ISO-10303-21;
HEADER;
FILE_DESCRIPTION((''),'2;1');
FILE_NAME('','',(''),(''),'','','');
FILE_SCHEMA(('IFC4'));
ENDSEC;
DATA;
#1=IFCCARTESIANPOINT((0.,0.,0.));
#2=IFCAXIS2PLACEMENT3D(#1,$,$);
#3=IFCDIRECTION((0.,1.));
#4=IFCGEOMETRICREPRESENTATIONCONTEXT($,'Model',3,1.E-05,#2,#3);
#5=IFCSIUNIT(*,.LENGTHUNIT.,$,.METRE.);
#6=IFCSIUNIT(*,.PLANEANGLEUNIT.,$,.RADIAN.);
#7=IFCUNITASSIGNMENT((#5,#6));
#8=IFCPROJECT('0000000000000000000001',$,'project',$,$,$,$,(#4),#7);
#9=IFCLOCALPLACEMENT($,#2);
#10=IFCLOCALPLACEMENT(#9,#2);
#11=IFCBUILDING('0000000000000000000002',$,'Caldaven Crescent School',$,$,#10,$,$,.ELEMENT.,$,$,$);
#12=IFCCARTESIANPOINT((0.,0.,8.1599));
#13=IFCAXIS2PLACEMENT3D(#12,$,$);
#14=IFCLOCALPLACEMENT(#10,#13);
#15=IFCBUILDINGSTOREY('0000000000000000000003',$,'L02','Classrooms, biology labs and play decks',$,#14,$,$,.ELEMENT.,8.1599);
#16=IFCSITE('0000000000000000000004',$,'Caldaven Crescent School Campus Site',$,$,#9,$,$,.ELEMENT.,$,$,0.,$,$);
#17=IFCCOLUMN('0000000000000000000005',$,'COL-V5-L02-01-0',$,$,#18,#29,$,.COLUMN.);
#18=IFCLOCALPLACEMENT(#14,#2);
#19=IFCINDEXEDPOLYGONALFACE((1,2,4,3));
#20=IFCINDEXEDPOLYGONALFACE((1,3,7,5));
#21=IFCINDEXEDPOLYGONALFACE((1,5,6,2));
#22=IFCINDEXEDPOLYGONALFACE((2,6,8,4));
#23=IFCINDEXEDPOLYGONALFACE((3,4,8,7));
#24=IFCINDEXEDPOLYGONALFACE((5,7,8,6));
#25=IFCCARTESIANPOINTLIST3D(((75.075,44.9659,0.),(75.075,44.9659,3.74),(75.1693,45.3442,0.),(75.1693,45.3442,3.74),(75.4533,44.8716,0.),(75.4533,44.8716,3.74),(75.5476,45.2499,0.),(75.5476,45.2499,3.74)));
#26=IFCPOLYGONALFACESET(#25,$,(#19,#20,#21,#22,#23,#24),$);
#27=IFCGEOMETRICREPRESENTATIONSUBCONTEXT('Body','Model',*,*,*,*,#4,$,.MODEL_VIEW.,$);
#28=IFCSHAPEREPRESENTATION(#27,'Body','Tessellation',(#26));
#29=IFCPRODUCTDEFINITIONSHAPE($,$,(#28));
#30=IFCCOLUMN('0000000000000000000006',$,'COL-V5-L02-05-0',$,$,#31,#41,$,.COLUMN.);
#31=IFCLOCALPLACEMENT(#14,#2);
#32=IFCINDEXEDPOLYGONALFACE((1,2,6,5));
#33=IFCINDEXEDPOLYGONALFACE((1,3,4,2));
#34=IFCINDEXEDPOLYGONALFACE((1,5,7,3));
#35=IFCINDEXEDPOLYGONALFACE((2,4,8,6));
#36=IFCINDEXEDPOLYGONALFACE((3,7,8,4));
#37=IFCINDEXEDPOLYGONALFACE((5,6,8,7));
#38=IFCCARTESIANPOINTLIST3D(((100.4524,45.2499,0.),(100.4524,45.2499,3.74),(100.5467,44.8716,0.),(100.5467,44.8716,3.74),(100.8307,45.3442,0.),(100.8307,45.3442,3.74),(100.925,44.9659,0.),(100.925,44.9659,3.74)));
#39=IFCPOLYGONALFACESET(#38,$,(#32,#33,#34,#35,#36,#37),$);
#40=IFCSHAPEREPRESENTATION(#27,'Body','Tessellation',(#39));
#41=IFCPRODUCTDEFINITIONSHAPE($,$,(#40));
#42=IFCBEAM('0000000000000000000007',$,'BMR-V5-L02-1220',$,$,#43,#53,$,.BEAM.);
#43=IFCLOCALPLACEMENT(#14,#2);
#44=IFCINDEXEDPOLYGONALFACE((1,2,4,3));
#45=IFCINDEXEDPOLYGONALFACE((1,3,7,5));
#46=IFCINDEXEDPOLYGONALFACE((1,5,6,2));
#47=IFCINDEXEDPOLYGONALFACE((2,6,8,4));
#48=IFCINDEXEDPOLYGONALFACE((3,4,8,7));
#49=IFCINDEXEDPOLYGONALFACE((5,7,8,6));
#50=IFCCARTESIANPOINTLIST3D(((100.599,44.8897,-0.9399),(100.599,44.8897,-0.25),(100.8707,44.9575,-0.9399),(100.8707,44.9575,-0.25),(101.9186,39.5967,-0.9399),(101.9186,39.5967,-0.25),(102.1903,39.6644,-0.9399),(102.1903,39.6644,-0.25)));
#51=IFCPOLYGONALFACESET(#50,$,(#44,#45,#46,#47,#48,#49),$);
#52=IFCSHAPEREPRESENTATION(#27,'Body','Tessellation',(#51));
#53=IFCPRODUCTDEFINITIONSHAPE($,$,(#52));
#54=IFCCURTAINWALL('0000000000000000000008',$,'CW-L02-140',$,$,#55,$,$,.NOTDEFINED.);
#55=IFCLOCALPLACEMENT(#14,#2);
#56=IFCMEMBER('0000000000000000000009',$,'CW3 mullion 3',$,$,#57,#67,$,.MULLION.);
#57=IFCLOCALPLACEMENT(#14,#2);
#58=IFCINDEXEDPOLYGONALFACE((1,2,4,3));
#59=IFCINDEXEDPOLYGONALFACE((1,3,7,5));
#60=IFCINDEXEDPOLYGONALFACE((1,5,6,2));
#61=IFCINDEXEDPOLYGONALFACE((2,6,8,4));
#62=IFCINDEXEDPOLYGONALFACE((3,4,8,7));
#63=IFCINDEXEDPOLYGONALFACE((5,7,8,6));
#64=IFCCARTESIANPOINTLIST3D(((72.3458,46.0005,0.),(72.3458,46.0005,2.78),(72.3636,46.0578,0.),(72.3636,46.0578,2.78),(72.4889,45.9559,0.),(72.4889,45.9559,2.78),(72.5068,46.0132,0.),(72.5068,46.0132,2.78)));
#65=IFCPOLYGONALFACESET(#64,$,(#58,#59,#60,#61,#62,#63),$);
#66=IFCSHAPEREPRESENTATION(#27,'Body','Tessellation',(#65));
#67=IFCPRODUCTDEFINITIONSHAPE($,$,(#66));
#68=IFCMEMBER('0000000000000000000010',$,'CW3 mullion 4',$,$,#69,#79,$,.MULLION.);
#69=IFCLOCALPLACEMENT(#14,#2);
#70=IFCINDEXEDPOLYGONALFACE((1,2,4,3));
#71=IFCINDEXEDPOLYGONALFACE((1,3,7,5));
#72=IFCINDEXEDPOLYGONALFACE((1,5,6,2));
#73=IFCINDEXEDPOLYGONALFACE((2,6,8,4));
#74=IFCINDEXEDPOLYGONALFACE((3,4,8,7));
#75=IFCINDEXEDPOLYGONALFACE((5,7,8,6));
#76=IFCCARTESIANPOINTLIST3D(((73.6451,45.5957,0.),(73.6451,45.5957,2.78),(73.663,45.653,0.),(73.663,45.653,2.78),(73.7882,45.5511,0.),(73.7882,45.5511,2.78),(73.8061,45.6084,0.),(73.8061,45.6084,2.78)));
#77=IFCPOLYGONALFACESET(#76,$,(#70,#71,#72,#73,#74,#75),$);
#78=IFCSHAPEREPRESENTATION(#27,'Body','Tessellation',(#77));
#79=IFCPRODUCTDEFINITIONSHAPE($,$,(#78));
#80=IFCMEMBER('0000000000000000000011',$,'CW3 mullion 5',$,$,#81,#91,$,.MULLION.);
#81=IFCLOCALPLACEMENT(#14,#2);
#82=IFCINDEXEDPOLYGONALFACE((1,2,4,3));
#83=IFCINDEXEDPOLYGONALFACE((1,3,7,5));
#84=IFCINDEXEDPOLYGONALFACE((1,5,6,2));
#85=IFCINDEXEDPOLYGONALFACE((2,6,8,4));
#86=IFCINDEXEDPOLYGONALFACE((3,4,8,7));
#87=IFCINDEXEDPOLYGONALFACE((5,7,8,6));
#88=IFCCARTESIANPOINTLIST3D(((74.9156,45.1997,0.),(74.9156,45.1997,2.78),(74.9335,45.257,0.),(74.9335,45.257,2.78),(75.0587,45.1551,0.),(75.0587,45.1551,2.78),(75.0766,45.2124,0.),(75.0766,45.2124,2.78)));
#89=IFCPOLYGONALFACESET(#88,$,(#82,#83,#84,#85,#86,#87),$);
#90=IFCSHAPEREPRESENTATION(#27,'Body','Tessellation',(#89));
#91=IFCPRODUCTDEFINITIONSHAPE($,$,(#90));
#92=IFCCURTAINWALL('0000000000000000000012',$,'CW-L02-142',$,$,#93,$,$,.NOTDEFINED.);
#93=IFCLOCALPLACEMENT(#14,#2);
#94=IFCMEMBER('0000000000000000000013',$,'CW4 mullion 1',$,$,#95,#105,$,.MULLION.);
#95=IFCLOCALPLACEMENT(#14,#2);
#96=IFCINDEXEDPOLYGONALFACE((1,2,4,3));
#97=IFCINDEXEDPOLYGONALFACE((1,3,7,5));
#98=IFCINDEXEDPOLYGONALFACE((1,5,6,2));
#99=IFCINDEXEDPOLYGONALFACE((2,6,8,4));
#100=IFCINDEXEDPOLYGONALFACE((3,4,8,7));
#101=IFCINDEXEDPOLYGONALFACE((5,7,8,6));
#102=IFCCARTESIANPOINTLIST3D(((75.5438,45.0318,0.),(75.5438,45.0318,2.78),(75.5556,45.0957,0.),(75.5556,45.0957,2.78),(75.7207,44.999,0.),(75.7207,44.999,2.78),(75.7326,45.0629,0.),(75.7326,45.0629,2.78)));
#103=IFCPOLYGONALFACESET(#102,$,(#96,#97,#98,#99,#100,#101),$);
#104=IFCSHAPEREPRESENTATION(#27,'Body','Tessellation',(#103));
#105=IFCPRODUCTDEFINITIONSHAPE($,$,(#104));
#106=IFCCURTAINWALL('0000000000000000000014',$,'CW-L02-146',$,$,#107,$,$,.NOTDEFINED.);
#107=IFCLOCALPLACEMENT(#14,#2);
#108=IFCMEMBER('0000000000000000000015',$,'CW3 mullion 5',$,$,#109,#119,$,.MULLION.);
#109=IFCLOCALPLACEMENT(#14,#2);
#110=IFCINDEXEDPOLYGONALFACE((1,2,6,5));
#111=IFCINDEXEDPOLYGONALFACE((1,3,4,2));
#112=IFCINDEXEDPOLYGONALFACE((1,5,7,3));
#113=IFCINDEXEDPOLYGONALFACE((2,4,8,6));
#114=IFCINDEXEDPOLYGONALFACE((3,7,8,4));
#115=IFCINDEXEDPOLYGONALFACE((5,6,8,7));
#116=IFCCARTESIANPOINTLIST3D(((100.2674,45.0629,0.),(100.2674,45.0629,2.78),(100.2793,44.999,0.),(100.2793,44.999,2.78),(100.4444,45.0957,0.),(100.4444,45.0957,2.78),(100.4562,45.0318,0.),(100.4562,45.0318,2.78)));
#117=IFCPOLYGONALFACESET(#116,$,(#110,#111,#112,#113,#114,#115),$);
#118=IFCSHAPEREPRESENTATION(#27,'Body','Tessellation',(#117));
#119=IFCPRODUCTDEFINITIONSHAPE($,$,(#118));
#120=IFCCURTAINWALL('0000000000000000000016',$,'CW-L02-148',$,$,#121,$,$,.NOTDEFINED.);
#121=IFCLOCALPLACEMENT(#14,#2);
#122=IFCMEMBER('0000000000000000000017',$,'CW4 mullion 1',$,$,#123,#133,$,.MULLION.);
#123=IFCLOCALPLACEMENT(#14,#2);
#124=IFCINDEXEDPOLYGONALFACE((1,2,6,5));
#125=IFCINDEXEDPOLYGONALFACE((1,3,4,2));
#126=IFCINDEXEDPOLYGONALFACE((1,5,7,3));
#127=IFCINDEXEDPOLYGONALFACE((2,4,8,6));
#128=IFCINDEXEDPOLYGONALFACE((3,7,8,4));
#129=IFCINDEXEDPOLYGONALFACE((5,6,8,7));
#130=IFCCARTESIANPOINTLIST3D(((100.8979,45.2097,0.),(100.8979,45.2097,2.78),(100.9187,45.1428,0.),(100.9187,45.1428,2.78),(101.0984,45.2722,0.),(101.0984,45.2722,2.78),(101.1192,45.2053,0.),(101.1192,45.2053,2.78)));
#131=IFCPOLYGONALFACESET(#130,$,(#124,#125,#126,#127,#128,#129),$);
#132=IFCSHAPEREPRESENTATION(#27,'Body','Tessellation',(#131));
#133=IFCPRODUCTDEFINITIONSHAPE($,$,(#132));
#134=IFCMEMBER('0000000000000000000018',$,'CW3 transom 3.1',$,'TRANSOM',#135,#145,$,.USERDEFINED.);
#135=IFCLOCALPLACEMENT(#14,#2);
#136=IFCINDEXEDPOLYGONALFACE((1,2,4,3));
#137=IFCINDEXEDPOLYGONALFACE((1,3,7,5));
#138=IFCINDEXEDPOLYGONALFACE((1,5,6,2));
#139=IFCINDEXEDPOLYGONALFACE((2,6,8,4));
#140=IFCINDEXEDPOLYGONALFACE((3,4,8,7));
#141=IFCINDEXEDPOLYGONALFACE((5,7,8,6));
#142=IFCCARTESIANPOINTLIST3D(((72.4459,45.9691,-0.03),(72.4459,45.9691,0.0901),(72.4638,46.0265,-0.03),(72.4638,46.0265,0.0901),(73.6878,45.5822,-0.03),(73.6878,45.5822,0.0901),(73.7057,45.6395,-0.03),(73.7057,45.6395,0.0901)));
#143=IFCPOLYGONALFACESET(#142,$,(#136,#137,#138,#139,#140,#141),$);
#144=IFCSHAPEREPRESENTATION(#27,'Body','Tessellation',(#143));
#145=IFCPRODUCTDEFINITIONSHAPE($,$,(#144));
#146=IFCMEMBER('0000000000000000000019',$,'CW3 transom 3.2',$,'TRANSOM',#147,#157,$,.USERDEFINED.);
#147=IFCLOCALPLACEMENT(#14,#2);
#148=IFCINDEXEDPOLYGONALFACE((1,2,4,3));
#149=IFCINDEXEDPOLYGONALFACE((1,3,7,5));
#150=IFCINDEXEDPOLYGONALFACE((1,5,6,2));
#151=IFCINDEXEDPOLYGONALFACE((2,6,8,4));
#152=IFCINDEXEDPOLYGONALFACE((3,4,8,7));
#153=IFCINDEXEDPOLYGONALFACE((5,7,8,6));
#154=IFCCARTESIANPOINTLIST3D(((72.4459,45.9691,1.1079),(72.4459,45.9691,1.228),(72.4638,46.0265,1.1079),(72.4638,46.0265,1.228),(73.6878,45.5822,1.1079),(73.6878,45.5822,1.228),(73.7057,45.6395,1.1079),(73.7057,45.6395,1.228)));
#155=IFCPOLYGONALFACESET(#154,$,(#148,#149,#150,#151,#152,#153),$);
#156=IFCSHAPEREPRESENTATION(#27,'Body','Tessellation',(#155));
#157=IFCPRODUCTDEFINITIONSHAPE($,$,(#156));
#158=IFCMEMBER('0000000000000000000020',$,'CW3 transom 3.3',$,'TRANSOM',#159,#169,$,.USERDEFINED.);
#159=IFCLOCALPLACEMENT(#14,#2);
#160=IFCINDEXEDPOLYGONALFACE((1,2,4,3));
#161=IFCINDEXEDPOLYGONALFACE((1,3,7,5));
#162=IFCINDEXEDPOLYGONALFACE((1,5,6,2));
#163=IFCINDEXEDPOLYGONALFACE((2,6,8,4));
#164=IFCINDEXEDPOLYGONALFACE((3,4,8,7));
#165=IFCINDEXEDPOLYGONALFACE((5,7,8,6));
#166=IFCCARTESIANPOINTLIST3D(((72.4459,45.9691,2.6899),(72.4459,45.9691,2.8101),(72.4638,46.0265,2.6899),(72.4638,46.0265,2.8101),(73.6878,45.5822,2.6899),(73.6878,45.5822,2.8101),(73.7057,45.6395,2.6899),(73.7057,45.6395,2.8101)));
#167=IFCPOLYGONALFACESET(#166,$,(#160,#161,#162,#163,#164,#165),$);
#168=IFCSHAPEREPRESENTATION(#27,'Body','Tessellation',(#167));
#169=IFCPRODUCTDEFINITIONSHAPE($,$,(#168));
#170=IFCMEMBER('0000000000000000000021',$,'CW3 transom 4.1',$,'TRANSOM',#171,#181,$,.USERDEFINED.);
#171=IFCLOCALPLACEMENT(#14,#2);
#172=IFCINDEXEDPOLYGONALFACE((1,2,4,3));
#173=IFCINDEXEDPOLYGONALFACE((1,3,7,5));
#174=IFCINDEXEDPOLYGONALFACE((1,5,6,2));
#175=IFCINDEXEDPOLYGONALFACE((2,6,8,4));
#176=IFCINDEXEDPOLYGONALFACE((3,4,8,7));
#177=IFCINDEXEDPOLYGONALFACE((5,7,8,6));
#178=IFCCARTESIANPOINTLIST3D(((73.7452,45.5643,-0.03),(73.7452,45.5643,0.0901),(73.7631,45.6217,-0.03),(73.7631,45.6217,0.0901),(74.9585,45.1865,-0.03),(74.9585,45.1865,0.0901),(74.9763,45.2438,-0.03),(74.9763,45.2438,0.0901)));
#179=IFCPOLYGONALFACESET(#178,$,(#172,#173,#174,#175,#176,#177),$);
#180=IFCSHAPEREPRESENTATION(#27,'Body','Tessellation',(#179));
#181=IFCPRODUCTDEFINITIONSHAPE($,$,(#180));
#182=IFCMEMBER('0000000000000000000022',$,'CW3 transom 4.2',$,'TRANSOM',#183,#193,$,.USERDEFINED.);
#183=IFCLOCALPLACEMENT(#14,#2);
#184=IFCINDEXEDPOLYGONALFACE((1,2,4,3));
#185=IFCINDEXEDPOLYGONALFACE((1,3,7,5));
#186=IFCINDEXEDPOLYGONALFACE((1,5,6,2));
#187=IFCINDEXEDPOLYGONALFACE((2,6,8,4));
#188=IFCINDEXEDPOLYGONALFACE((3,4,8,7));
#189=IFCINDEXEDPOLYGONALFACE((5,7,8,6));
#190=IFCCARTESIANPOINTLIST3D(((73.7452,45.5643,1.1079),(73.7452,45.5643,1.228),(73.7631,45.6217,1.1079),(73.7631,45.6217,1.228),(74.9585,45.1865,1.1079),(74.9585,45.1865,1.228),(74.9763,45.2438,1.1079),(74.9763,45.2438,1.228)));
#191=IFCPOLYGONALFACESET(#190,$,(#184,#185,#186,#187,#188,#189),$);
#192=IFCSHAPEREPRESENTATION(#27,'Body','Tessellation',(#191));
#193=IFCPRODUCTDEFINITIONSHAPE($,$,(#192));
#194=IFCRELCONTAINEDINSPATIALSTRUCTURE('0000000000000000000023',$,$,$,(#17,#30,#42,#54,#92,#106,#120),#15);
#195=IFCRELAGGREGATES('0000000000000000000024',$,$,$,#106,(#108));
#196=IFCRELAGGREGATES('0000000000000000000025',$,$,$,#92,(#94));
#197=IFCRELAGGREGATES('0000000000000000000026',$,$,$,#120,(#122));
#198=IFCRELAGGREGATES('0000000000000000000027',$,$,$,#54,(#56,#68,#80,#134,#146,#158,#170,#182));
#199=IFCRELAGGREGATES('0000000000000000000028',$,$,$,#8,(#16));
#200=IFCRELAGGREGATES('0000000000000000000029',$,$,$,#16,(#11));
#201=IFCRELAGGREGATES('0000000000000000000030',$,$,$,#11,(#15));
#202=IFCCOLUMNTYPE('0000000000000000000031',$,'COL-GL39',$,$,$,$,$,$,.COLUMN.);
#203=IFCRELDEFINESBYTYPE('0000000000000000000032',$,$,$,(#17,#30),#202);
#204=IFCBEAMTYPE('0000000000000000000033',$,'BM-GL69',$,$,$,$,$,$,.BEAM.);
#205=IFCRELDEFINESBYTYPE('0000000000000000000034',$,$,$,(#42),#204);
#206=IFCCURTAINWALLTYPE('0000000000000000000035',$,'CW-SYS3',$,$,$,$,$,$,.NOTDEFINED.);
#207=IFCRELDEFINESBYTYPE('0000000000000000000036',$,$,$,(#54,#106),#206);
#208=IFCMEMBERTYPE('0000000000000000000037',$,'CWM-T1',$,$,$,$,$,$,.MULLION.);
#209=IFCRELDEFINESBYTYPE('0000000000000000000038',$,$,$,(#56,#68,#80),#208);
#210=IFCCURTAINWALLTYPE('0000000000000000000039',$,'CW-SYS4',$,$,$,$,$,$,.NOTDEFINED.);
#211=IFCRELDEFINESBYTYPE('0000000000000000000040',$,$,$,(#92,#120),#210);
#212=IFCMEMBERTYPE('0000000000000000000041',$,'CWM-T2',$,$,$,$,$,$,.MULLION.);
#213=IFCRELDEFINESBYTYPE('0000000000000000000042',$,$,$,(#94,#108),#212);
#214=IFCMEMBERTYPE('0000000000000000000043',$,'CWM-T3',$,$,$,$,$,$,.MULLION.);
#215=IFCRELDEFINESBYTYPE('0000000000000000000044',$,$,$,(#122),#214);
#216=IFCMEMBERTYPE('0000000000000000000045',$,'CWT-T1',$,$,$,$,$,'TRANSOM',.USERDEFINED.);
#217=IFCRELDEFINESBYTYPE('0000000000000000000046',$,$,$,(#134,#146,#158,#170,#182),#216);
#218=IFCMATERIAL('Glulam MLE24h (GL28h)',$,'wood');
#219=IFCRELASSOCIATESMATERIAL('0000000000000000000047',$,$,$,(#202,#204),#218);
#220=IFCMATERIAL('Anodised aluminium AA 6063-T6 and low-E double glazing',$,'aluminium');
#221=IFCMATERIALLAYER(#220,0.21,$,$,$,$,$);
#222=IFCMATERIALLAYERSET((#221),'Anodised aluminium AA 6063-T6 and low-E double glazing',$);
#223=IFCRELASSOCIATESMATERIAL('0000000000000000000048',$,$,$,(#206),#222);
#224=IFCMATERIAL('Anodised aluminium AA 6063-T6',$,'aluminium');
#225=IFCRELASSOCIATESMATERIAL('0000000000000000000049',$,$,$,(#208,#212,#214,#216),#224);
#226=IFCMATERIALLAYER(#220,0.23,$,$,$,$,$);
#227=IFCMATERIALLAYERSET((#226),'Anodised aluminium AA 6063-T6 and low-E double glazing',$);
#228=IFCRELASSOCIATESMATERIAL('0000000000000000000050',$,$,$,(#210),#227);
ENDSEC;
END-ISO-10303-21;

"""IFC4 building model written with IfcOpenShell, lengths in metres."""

from ifc_helpers import new_model, si_unit, direction, frame, origin, origin_2d, place, context, subcontext, project, spatial, rectangle, extrude, material, layer, layer_set, material_profile, profile_set, type_object, element, aggregate, save


model = new_model("IFC4")

# Units and contexts
model_context = context("Model", 3, precision=1e-05, world=origin(), true_north=direction((0.0, 1.0)))
body_context = subcontext(model_context, "Body", "Model", "MODEL_VIEW")
ifc_project = project(units=[si_unit("LENGTHUNIT", "METRE"), si_unit("PLANEANGLEUNIT", "RADIAN")], contexts=[model_context])

# Site, building, storey
site_placement = place(None, origin())
site = spatial("IfcSite", under=ifc_project, at=site_placement, Name="Caldaven Crescent School Campus Site", CompositionType="ELEMENT", RefElevation=0.0)
building_placement = place(site_placement, origin())
building = spatial("IfcBuilding", under=site, at=building_placement, Name="Caldaven Crescent School", CompositionType="ELEMENT")
storey_placement = place(building_placement, frame((0.0, 0.0, 8.1599)))
storey = spatial("IfcBuildingStorey", under=building, at=storey_placement, Name="L02", Description="Classrooms, biology labs and play decks", CompositionType="ELEMENT", Elevation=8.1599)

# Columns
ifc_material_1 = material(Name="Glulam MLE24h (GL28h)", Category="wood")
ifc_material_profile_1 = material_profile(ifc_material_1, rectangle(XDim=0.3899, YDim=0.3899, at=origin_2d()), Name="MLE 390x390")
ifc_profile_set_1 = profile_set([ifc_material_profile_1], Name="Glulam MLE24h (GL28h)")
column_type = type_object("IfcColumnType", Name="COL-GL39", PredefinedType="COLUMN", material=ifc_profile_set_1)
for number, where, z_axis, x_axis, name in (
    (1, (75.3113, 45.1079, 0.0), (0.0, 0.0, 1.0), (-0.241922, -0.970296, 0.0), "COL-V5-L02-01-0"),
    (2, (100.6887, 45.1079, 0.0), (0.0, 0.0, 1.0), (0.241922, -0.970296, 0.0), "COL-V5-L02-05-0"),
):
    element("IfcColumn", number, at=place(storey_placement, frame(where, z_axis=z_axis, x_axis=x_axis)), inside=storey, type_object=column_type, Name=name, PredefinedType="COLUMN", context=body_context, shape_type="SweptSolid", body=[
        extrude(rectangle(XDim=0.3899, YDim=0.3899, at=origin_2d()), origin(), (0.0, 0.0, 1.0), 3.74),
    ])

# Beam
ifc_material_profile_2 = material_profile(ifc_material_1, rectangle(XDim=0.28, YDim=0.6899, at=origin_2d()), Name="MLE 280x690")
ifc_profile_set_2 = profile_set([ifc_material_profile_2], Name="Glulam MLE24h (GL28h)")
beam_type_1 = type_object("IfcBeamType", Name="BM-GL69", PredefinedType="BEAM", material=ifc_profile_set_2)
beam_1_placement = place(storey_placement, frame((100.7349, 44.9236, -0.595), z_axis=(0.241904, -0.9703, 0.0), x_axis=(0.9703, 0.241904, 0.0)))
element("IfcBeam", 3, at=beam_1_placement, inside=storey, type_object=beam_type_1, Name="BMR-V5-L02-1220", PredefinedType="BEAM", context=body_context, shape_type="SweptSolid", body=[
    extrude(rectangle(XDim=0.28, YDim=0.6899, at=origin_2d()), origin(), (0.0, 0.0, 1.0), 5.4551),
])

# Curtain wall, members
ifc_material_2 = material(Name="Anodised aluminium AA 6063-T6 and low-E double glazing", Category="aluminium")
ifc_layer_1 = layer(ifc_material_2, 0.21)
ifc_layer_set_1 = layer_set([ifc_layer_1], Name="Anodised aluminium AA 6063-T6 and low-E double glazing")
curtain_wall_type_1 = type_object("IfcCurtainWallType", Name="CW-SYS3", PredefinedType="NOTDEFINED", material=ifc_layer_set_1)
curtain_wall_1_placement = place(storey_placement, origin())
curtain_wall_1 = element("IfcCurtainWall", 4, at=curtain_wall_1_placement, inside=storey, type_object=curtain_wall_type_1, Name="CW-L02-140", PredefinedType="NOTDEFINED")
ifc_material_3 = material(Name="Anodised aluminium AA 6063-T6", Category="aluminium")
ifc_material_profile_3 = material_profile(ifc_material_3, rectangle(XDim=0.0601, YDim=0.1499, at=origin_2d()), Name="CWM 60x150")
ifc_profile_set_3 = profile_set([ifc_material_profile_3], Name="Anodised aluminium AA 6063-T6")
member_type_1 = type_object("IfcMemberType", Name="CWM-T1", PredefinedType="MULLION", material=ifc_profile_set_3)
member_1_placement = place(storey_placement, frame((72.4263, 46.0068, 0.0), z_axis=(0.0, 0.0, 1.0), x_axis=(0.29742, 0.954747, 0.0)))
member_1 = element("IfcMember", 5, at=member_1_placement, type_object=member_type_1, Name="CW3 mullion 3", PredefinedType="MULLION", context=body_context, shape_type="SweptSolid", body=[
    extrude(rectangle(XDim=0.0601, YDim=0.1499, at=origin_2d()), origin(), (0.0, 0.0, 1.0), 2.78),
])
member_2_placement = place(storey_placement, frame((73.7256, 45.6021, 0.0), z_axis=(0.0, 0.0, 1.0), x_axis=(0.29742, 0.954747, 0.0)))
member_2 = element("IfcMember", 6, at=member_2_placement, type_object=member_type_1, Name="CW3 mullion 4", PredefinedType="MULLION", context=body_context, shape_type="SweptSolid", body=[
    extrude(rectangle(XDim=0.0601, YDim=0.1499, at=origin_2d()), origin(), (0.0, 0.0, 1.0), 2.78),
])
member_3_placement = place(storey_placement, frame((74.9961, 45.2061, 0.0), z_axis=(0.0, 0.0, 1.0), x_axis=(0.29742, 0.954747, 0.0)))
member_3 = element("IfcMember", 7, at=member_3_placement, type_object=member_type_1, Name="CW3 mullion 5", PredefinedType="MULLION", context=body_context, shape_type="SweptSolid", body=[
    extrude(rectangle(XDim=0.0601, YDim=0.1499, at=origin_2d()), origin(), (0.0, 0.0, 1.0), 2.78),
])

# Curtain walls, members
ifc_layer_2 = layer(ifc_material_2, 0.23)
ifc_layer_set_2 = layer_set([ifc_layer_2], Name="Anodised aluminium AA 6063-T6 and low-E double glazing")
curtain_wall_type_2 = type_object("IfcCurtainWallType", Name="CW-SYS4", PredefinedType="NOTDEFINED", material=ifc_layer_set_2)
curtain_wall_2_placement = place(storey_placement, origin())
curtain_wall_2 = element("IfcCurtainWall", 8, at=curtain_wall_2_placement, inside=storey, type_object=curtain_wall_type_2, Name="CW-L02-142", PredefinedType="NOTDEFINED")
ifc_material_profile_4 = material_profile(ifc_material_3, rectangle(XDim=0.0649, YDim=0.1799, at=origin_2d()), Name="CWM 65x180")
ifc_profile_set_4 = profile_set([ifc_material_profile_4], Name="Anodised aluminium AA 6063-T6")
member_type_2 = type_object("IfcMemberType", Name="CWM-T2", PredefinedType="MULLION", material=ifc_profile_set_4)
member_4_placement = place(storey_placement, frame((75.6382, 45.0474, 0.0), z_axis=(0.0, 0.0, 1.0), x_axis=(0.182236, 0.983255, 0.0)))
member_4 = element("IfcMember", 9, at=member_4_placement, type_object=member_type_2, Name="CW4 mullion 1", PredefinedType="MULLION", context=body_context, shape_type="SweptSolid", body=[
    extrude(rectangle(XDim=0.0649, YDim=0.1799, at=origin_2d()), origin(), (0.0, 0.0, 1.0), 2.78),
])
curtain_wall_3_placement = place(storey_placement, origin())
curtain_wall_3 = element("IfcCurtainWall", 10, at=curtain_wall_3_placement, inside=storey, type_object=curtain_wall_type_1, Name="CW-L02-146", PredefinedType="NOTDEFINED")
member_5_placement = place(storey_placement, frame((100.3618, 45.0474, 0.0), z_axis=(0.0, 0.0, 1.0), x_axis=(-0.182236, 0.983255, 0.0)))
member_5 = element("IfcMember", 11, at=member_5_placement, type_object=member_type_2, Name="CW3 mullion 5", PredefinedType="MULLION", context=body_context, shape_type="SweptSolid", body=[
    extrude(rectangle(XDim=0.0649, YDim=0.1799, at=origin_2d()), origin(), (0.0, 0.0, 1.0), 2.78),
])
aggregate(curtain_wall_3, [member_5])
curtain_wall_4_placement = place(storey_placement, origin())
curtain_wall_4 = element("IfcCurtainWall", 12, at=curtain_wall_4_placement, inside=storey, type_object=curtain_wall_type_2, Name="CW-L02-148", PredefinedType="NOTDEFINED")
ifc_material_profile_5 = material_profile(ifc_material_3, rectangle(XDim=0.0701, YDim=0.21, at=origin_2d()), Name="CWM 70x210")
ifc_profile_set_5 = profile_set([ifc_material_profile_5], Name="Anodised aluminium AA 6063-T6")
member_type_3 = type_object("IfcMemberType", Name="CWM-T3", PredefinedType="MULLION", material=ifc_profile_set_5)
member_6_placement = place(storey_placement, frame((101.0085, 45.2075, 0.0), z_axis=(0.0, 0.0, 1.0), x_axis=(-0.29742, 0.954747, 0.0)))
member_6 = element("IfcMember", 13, at=member_6_placement, type_object=member_type_3, Name="CW4 mullion 1", PredefinedType="MULLION", context=body_context, shape_type="SweptSolid", body=[
    extrude(rectangle(XDim=0.0701, YDim=0.21, at=origin_2d()), origin(), (0.0, 0.0, 1.0), 2.78),
])

# Members
ifc_material_profile_6 = material_profile(ifc_material_3, rectangle(XDim=0.0601, YDim=0.1201, at=origin_2d()), Name="CWT 60x120")
ifc_profile_set_6 = profile_set([ifc_material_profile_6], Name="Anodised aluminium AA 6063-T6")
member_type_4 = type_object("IfcMemberType", Name="CWT-T1", ElementType="TRANSOM", PredefinedType="USERDEFINED", material=ifc_profile_set_6)
member_7_placement = place(storey_placement, frame((72.4548, 45.9978, 0.03), z_axis=(0.95473, -0.297473, 0.0), x_axis=(0.297473, 0.95473, 0.0)))
member_7 = element("IfcMember", 14, at=member_7_placement, type_object=member_type_4, Name="CW3 transom 3.1", ObjectType="TRANSOM", PredefinedType="USERDEFINED", context=body_context, shape_type="SweptSolid", body=[
    extrude(rectangle(XDim=0.0601, YDim=0.1201, at=origin_2d()), origin(), (0.0, 0.0, 1.0), 1.3008),
])
member_8_placement = place(storey_placement, frame((72.4548, 45.9978, 1.168), z_axis=(0.95473, -0.297473, 0.0), x_axis=(0.297473, 0.95473, 0.0)))
member_8 = element("IfcMember", 15, at=member_8_placement, type_object=member_type_4, Name="CW3 transom 3.2", ObjectType="TRANSOM", PredefinedType="USERDEFINED", context=body_context, shape_type="SweptSolid", body=[
    extrude(rectangle(XDim=0.0601, YDim=0.1201, at=origin_2d()), origin(), (0.0, 0.0, 1.0), 1.3008),
])
member_9_placement = place(storey_placement, frame((72.4548, 45.9978, 2.75), z_axis=(0.95473, -0.297473, 0.0), x_axis=(0.297473, 0.95473, 0.0)))
member_9 = element("IfcMember", 16, at=member_9_placement, type_object=member_type_4, Name="CW3 transom 3.3", ObjectType="TRANSOM", PredefinedType="USERDEFINED", context=body_context, shape_type="SweptSolid", body=[
    extrude(rectangle(XDim=0.0601, YDim=0.1201, at=origin_2d()), origin(), (0.0, 0.0, 1.0), 1.3008),
])
member_10_placement = place(storey_placement, frame((73.7542, 45.593, 0.03), z_axis=(0.95476, -0.297378, 0.0), x_axis=(0.297378, 0.95476, 0.0)))
member_10 = element("IfcMember", 17, at=member_10_placement, type_object=member_type_4, Name="CW3 transom 4.1", ObjectType="TRANSOM", PredefinedType="USERDEFINED", context=body_context, shape_type="SweptSolid", body=[
    extrude(rectangle(XDim=0.0601, YDim=0.1201, at=origin_2d()), origin(), (0.0, 0.0, 1.0), 1.2708),
])
member_11_placement = place(storey_placement, frame((73.7542, 45.593, 1.168), z_axis=(0.95476, -0.297378, 0.0), x_axis=(0.297378, 0.95476, 0.0)))
member_11 = element("IfcMember", 18, at=member_11_placement, type_object=member_type_4, Name="CW3 transom 4.2", ObjectType="TRANSOM", PredefinedType="USERDEFINED", context=body_context, shape_type="SweptSolid", body=[
    extrude(rectangle(XDim=0.0601, YDim=0.1201, at=origin_2d()), origin(), (0.0, 0.0, 1.0), 1.2708),
])
aggregate(curtain_wall_2, [member_4])
aggregate(curtain_wall_4, [member_6])

aggregate(curtain_wall_1, [member_1, member_2, member_3, member_7, member_8, member_9, member_10, member_11])

save(model, "model.ifc")
